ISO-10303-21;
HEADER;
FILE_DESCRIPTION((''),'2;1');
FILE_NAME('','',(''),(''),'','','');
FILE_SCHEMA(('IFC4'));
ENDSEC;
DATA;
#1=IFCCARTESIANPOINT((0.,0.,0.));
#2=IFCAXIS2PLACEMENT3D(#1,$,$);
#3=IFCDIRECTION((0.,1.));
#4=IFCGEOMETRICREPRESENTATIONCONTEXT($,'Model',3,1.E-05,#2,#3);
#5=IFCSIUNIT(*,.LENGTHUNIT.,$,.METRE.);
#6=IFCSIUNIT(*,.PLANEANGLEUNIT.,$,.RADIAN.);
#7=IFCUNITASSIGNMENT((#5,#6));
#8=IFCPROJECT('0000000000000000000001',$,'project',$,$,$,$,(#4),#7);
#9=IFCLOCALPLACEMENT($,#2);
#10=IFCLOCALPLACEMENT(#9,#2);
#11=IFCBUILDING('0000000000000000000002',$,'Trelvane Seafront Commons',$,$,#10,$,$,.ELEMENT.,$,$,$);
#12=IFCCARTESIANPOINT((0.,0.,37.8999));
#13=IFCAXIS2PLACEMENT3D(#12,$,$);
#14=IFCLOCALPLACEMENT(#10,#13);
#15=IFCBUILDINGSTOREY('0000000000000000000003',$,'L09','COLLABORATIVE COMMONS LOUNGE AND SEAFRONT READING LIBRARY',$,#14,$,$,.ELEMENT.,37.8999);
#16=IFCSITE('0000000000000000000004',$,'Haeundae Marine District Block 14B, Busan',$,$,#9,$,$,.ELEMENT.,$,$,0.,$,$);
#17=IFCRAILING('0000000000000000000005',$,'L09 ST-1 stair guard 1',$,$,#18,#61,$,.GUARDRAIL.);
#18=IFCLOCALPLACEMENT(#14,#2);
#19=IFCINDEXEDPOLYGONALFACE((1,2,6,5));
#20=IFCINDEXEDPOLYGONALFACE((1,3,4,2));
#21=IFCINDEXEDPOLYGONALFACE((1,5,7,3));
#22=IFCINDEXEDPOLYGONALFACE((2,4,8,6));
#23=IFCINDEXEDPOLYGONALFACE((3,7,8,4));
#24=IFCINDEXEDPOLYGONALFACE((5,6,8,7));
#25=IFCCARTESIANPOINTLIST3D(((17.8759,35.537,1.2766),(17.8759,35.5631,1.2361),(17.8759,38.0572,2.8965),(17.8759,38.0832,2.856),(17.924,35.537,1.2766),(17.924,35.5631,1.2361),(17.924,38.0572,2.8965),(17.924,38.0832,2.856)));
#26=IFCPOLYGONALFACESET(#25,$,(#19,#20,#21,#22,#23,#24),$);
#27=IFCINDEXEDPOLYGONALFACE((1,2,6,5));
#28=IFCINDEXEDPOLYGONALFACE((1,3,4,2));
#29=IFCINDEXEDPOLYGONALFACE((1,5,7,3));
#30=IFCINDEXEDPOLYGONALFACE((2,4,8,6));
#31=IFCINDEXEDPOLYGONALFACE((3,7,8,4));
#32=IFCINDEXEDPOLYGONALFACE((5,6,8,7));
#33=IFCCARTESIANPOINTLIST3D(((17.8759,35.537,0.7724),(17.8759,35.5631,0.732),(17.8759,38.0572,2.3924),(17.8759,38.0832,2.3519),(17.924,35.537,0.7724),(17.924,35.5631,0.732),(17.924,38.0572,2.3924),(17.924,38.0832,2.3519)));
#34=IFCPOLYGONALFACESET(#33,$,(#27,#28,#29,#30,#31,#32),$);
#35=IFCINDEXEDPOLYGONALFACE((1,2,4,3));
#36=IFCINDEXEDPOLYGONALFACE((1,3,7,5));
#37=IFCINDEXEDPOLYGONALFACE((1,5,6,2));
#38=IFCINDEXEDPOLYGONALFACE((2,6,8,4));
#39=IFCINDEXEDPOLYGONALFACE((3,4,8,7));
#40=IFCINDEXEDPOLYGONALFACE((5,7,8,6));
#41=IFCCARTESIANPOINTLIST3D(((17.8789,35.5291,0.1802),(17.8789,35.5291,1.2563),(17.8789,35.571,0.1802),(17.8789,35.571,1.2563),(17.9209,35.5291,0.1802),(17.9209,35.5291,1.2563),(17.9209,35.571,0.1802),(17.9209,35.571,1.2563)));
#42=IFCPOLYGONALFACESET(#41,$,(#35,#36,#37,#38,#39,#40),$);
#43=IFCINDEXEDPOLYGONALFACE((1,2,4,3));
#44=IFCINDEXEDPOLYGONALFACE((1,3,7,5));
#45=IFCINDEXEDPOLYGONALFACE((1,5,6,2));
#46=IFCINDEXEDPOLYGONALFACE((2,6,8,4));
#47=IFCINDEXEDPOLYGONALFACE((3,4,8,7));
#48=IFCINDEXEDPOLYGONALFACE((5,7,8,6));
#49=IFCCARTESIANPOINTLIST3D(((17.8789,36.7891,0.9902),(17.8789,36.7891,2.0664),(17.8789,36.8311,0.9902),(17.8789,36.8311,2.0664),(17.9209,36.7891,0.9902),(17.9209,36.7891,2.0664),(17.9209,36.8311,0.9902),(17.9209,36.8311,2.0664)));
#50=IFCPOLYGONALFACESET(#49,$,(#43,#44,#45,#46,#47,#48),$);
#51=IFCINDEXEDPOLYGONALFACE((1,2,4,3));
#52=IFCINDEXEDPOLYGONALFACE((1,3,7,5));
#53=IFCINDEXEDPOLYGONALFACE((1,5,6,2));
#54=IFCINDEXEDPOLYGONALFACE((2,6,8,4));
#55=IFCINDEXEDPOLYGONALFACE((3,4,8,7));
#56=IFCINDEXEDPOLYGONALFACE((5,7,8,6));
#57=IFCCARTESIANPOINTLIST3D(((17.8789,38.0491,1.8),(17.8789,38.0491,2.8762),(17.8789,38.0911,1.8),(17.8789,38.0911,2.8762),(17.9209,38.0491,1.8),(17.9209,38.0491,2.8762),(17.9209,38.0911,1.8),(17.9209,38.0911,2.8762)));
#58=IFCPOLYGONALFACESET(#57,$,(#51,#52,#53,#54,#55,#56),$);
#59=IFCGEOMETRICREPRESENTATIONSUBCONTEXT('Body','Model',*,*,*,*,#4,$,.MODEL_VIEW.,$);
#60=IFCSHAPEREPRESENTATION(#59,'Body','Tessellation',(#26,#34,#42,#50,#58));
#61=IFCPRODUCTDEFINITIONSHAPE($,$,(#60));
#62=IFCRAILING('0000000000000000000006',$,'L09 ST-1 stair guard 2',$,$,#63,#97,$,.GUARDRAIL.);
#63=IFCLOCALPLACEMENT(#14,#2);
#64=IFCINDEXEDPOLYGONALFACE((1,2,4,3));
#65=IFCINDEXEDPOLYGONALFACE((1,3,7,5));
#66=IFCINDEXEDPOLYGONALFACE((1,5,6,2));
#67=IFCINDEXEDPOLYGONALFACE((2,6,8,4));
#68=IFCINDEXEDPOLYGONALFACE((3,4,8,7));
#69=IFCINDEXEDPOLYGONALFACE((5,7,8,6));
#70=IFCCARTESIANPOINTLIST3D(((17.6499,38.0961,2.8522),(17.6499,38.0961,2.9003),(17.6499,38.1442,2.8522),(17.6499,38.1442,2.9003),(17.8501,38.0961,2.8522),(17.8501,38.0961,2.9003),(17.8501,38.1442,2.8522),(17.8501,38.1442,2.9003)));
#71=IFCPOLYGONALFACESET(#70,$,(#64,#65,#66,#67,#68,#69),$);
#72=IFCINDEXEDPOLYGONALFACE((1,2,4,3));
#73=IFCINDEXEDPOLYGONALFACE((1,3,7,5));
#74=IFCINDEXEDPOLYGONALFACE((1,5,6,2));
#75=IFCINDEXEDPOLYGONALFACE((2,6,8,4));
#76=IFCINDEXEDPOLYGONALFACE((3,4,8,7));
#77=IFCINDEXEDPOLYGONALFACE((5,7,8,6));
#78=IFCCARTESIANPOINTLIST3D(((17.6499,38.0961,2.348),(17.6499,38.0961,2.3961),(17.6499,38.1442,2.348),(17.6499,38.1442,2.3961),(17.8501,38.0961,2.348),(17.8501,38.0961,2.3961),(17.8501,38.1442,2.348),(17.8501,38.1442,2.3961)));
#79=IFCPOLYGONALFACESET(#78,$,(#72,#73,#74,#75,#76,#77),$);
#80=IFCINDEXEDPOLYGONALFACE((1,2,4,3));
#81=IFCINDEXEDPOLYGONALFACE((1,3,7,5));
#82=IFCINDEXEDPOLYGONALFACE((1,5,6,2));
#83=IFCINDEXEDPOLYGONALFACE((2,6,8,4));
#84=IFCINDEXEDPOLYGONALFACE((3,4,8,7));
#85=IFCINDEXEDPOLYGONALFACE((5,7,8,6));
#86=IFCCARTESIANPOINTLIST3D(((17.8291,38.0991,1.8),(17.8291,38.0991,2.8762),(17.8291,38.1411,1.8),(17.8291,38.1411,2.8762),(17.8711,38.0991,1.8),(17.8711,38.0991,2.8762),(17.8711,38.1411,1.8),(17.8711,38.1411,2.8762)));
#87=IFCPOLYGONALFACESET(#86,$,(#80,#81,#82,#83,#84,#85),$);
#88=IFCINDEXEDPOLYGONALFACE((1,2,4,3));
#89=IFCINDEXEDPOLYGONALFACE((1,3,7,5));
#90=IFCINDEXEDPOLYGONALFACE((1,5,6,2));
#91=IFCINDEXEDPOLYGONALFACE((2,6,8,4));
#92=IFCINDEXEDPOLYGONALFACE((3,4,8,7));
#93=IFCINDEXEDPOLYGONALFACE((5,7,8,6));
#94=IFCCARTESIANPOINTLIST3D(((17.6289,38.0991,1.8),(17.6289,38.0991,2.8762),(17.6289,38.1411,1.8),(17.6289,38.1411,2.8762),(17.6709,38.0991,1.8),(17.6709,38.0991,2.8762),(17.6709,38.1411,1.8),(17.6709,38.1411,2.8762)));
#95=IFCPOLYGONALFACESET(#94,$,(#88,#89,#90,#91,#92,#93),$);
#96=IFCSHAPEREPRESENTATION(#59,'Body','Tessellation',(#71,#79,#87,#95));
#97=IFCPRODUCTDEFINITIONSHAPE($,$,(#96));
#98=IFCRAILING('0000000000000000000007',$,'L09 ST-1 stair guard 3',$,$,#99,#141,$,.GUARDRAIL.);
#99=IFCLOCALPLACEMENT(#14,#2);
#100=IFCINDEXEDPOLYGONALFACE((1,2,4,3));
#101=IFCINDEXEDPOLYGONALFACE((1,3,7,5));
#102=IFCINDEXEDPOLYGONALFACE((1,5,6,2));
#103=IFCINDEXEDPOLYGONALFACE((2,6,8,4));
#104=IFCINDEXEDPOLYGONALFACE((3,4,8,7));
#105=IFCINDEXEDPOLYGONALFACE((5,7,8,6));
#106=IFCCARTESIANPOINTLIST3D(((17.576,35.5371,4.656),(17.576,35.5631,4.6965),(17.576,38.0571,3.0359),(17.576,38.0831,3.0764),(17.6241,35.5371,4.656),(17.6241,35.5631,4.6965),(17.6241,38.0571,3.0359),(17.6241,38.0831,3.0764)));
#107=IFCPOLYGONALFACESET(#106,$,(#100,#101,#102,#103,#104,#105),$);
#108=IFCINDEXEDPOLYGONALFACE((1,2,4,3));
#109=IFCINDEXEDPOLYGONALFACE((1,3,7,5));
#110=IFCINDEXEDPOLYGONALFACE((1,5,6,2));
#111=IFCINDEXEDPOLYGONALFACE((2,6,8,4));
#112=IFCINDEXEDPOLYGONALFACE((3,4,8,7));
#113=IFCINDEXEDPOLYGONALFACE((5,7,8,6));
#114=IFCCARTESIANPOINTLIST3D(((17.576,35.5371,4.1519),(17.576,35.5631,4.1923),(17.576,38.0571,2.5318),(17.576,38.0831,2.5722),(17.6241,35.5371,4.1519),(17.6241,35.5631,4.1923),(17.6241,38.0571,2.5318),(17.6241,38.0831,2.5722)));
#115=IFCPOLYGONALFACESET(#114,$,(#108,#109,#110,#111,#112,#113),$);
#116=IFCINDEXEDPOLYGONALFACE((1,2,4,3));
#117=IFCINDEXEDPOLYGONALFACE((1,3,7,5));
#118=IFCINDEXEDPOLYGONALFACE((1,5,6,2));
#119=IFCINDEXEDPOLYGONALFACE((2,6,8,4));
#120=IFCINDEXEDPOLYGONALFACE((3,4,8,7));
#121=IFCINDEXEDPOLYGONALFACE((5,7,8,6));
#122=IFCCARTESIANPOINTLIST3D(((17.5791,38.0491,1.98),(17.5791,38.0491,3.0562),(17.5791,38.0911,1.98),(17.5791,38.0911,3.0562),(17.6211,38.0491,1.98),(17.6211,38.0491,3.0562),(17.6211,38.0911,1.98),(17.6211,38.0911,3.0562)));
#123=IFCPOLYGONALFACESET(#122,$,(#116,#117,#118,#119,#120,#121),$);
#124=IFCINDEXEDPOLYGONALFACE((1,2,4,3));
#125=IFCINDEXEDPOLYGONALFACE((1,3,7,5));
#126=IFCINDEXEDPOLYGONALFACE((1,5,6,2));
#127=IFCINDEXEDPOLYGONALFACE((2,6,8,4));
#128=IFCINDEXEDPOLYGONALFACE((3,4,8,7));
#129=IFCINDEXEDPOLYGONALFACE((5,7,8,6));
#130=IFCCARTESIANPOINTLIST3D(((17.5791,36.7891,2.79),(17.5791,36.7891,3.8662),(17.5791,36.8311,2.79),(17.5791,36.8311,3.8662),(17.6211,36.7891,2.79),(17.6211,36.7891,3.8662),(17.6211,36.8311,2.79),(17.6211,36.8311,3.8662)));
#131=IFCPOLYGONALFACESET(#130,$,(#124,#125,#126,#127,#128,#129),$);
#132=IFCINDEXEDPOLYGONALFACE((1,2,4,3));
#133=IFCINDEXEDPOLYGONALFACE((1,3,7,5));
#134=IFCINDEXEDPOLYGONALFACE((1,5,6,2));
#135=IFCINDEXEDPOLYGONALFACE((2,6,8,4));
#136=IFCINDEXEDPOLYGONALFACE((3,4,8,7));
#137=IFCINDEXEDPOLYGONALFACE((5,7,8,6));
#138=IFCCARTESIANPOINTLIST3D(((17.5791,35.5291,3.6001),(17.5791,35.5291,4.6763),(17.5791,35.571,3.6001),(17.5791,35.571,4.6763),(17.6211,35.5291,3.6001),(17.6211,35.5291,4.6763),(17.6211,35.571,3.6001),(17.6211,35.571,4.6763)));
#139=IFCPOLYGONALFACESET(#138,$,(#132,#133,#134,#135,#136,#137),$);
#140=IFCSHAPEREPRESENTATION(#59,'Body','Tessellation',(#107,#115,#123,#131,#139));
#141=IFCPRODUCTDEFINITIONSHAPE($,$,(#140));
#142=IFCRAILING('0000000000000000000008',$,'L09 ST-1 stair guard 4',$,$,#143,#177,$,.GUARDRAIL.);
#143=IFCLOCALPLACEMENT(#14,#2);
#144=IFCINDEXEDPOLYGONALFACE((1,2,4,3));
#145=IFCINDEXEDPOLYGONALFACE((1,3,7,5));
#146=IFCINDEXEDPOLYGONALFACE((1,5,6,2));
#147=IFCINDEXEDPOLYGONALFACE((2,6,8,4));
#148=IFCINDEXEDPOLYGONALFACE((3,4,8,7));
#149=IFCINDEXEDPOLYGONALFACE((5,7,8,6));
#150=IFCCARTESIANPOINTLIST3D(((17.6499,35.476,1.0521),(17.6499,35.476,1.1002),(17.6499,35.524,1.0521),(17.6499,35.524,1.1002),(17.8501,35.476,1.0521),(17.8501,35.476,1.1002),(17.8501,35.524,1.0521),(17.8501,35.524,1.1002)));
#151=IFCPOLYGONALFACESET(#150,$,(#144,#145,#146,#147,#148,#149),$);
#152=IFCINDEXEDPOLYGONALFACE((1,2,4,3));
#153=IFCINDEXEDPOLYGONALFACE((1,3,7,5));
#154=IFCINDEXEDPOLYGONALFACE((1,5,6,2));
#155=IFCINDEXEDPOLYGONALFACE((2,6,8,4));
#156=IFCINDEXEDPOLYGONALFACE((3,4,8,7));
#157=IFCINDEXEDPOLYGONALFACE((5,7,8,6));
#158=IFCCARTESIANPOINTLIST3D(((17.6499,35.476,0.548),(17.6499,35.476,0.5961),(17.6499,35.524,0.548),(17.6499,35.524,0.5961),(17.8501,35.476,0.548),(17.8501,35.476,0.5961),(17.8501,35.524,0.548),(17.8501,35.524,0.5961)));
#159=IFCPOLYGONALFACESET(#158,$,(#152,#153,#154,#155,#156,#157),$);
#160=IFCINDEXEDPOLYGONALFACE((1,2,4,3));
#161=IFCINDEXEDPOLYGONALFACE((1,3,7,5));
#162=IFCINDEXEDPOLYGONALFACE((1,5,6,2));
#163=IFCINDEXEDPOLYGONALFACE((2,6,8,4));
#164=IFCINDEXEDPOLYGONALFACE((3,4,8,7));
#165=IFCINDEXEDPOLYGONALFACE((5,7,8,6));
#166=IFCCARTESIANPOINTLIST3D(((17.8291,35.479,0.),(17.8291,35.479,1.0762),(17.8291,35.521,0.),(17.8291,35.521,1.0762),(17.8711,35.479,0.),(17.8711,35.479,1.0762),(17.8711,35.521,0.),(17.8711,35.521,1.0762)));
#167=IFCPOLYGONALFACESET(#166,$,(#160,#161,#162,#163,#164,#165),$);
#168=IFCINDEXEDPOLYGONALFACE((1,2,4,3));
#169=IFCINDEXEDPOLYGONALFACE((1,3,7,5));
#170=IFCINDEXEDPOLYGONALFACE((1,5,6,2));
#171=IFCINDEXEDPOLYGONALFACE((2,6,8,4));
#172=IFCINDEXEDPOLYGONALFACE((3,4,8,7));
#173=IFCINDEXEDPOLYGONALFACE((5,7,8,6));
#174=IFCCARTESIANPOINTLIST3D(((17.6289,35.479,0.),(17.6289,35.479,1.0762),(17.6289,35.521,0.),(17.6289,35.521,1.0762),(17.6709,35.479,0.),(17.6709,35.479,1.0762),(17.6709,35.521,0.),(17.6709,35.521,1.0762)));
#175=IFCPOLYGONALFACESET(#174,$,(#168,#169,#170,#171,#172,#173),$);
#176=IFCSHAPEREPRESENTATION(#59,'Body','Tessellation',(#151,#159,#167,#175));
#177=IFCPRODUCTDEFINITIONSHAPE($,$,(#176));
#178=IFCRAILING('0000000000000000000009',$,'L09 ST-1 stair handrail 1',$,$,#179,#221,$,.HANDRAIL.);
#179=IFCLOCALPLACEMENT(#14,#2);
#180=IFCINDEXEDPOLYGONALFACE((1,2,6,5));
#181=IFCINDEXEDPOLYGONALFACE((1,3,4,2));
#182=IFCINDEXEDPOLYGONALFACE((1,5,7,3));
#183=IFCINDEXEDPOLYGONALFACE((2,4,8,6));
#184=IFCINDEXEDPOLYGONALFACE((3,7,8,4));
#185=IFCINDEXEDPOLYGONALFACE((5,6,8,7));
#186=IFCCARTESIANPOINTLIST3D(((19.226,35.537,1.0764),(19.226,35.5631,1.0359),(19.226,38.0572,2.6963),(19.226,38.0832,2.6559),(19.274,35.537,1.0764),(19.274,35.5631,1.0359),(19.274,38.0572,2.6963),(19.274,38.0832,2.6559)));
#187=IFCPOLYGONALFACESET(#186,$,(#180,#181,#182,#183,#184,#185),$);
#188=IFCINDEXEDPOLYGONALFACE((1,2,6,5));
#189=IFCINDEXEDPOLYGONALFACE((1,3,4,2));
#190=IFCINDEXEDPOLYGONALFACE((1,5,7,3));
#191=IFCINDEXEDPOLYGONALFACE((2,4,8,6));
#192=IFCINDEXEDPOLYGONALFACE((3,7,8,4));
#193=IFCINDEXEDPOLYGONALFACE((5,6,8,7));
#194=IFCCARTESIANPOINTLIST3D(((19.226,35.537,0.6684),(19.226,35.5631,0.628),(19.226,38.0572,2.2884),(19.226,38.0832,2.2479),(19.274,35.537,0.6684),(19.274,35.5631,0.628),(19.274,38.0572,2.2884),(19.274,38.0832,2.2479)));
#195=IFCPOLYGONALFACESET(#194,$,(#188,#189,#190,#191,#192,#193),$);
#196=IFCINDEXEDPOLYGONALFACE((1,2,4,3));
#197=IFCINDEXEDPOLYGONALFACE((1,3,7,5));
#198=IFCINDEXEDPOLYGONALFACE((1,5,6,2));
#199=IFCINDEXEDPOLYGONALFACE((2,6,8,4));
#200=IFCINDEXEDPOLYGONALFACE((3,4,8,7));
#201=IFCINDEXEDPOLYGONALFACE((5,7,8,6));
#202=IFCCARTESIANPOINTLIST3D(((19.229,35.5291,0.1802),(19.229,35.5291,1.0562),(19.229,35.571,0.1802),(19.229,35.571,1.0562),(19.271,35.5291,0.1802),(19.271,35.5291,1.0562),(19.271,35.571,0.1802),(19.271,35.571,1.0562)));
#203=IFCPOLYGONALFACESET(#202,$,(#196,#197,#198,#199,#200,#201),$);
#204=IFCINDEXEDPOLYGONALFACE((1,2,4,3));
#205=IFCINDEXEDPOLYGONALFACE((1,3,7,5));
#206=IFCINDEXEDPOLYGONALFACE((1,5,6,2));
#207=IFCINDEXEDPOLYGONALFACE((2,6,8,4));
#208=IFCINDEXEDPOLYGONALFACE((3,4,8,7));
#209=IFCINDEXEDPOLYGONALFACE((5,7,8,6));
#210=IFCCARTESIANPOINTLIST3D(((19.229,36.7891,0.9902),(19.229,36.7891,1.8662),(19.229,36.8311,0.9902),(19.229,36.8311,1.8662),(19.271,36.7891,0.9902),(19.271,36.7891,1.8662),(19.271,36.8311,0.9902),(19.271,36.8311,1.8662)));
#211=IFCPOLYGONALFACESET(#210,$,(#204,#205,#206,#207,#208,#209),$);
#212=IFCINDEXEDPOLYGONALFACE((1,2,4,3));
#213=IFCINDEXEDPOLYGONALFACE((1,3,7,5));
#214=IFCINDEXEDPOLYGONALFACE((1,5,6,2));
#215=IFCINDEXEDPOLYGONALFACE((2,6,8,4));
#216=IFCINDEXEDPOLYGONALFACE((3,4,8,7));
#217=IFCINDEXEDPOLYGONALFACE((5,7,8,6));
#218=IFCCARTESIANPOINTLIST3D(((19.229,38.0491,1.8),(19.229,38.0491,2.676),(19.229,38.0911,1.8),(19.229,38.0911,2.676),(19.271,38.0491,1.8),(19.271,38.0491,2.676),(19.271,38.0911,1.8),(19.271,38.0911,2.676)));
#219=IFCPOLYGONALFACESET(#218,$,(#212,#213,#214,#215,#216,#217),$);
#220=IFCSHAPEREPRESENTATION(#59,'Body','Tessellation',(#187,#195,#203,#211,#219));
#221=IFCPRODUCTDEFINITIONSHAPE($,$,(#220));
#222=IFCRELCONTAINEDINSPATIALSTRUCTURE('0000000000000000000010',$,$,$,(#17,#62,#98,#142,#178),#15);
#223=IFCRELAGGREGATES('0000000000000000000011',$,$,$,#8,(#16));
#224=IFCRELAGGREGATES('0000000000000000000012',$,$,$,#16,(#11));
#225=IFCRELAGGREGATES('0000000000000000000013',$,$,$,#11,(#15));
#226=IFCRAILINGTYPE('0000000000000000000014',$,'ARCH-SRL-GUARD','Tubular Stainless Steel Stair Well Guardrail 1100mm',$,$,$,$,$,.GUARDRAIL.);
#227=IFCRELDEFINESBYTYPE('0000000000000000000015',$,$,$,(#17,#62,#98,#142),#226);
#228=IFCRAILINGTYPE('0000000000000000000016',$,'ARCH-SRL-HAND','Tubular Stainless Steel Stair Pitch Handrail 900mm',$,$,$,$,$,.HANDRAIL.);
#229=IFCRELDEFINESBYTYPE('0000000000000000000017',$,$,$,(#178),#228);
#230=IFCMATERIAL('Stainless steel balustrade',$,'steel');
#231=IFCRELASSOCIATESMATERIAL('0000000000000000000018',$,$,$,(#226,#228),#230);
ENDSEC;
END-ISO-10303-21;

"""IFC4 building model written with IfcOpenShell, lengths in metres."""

from ifc_helpers import new_model, si_unit, direction, frame, origin, origin_2d, place, context, subcontext, project, spatial, rectangle, extrude, material, type_object, element, save


model = new_model("IFC4")

# Units and contexts
model_context = context("Model", 3, precision=1e-05, world=origin(), true_north=direction((0.0, 1.0)))
body_context = subcontext(model_context, "Body", "Model", "MODEL_VIEW")
ifc_project = project(units=[si_unit("LENGTHUNIT", "METRE"), si_unit("PLANEANGLEUNIT", "RADIAN")], contexts=[model_context])

# Site, building, storey
site_placement = place(None, origin())
site = spatial("IfcSite", under=ifc_project, at=site_placement, Name="Haeundae Marine District Block 14B, Busan", CompositionType="ELEMENT", RefElevation=0.0)
building_placement = place(site_placement, origin())
building = spatial("IfcBuilding", under=site, at=building_placement, Name="Trelvane Seafront Commons", CompositionType="ELEMENT")
storey_placement = place(building_placement, frame((0.0, 0.0, 37.8999)))
storey = spatial("IfcBuildingStorey", under=building, at=storey_placement, Name="L09", Description="COLLABORATIVE COMMONS LOUNGE AND SEAFRONT READING LIBRARY", CompositionType="ELEMENT", Elevation=37.8999)

# Shared definitions
ifc_material_1 = material(Name="Stainless steel balustrade", Category="steel")

# Railings
railing_type_1 = type_object("IfcRailingType", Name="ARCH-SRL-GUARD", Description="Tubular Stainless Steel Stair Well Guardrail 1100mm", PredefinedType="GUARDRAIL", material=ifc_material_1)
railing_1_placement = place(storey_placement, frame((17.8999, 35.55, 0.1802)))
element("IfcRailing", 1, at=railing_1_placement, inside=storey, type_object=railing_type_1, Name="L09 ST-1 stair guard 1", PredefinedType="GUARDRAIL", context=body_context, shape_type="SweptSolid", body=[
    extrude(rectangle(XDim=0.0481, YDim=0.0481, at=origin_2d()), frame((0.0, 0.0, 1.0762), z_axis=(0.0, 0.8412, 0.540725), x_axis=(-1.0, 0.0, 0.0)), (0.0, 0.0, 1.0), 2.9958),
    extrude(rectangle(XDim=0.0481, YDim=0.0481, at=origin_2d()), frame((0.0, 0.0, 0.572), z_axis=(0.0, 0.8412, 0.540725), x_axis=(-1.0, 0.0, 0.0)), (0.0, 0.0, 1.0), 2.9958),
    extrude(rectangle(XDim=0.042, YDim=0.042, at=origin_2d()), origin(), (0.0, 0.0, 1.0), 1.0762),
    extrude(rectangle(XDim=0.042, YDim=0.042, at=origin_2d()), frame((0.0, 1.26, 0.8101)), (0.0, 0.0, 1.0), 1.0762),
    extrude(rectangle(XDim=0.042, YDim=0.042, at=origin_2d()), frame((0.0, 2.52, 1.6199)), (0.0, 0.0, 1.0), 1.0762),
])
railing_2_placement = place(storey_placement, frame((17.8501, 38.1201, 1.8)))
element("IfcRailing", 2, at=railing_2_placement, inside=storey, type_object=railing_type_1, Name="L09 ST-1 stair guard 2", PredefinedType="GUARDRAIL", context=body_context, shape_type="SweptSolid", body=[
    extrude(rectangle(XDim=0.0481, YDim=0.0481, at=origin_2d()), frame((0.0, 0.0, 1.0762), z_axis=(-1.0, 0.0, 0.0), x_axis=(0.0, -1.0, 0.0)), (0.0, 0.0, 1.0), 0.2002),
    extrude(rectangle(XDim=0.0481, YDim=0.0481, at=origin_2d()), frame((0.0, 0.0, 0.572), z_axis=(-1.0, 0.0, 0.0), x_axis=(0.0, -1.0, 0.0)), (0.0, 0.0, 1.0), 0.2002),
    extrude(rectangle(XDim=0.042, YDim=0.042, at=origin_2d()), origin(), (0.0, 0.0, 1.0), 1.0762),
    extrude(rectangle(XDim=0.042, YDim=0.042, at=origin_2d()), frame((-0.2002, 0.0, 0.0)), (0.0, 0.0, 1.0), 1.0762),
])
railing_3_placement = place(storey_placement, frame((17.6001, 38.0701, 1.98)))
element("IfcRailing", 3, at=railing_3_placement, inside=storey, type_object=railing_type_1, Name="L09 ST-1 stair guard 3", PredefinedType="GUARDRAIL", context=body_context, shape_type="SweptSolid", body=[
    extrude(rectangle(XDim=0.0481, YDim=0.0481, at=origin_2d()), frame((0.0, 0.0, 1.0762), z_axis=(0.0, -0.841163, 0.540782), x_axis=(1.0, 0.0, 0.0)), (0.0, 0.0, 1.0), 2.9958),
    extrude(rectangle(XDim=0.0481, YDim=0.0481, at=origin_2d()), frame((0.0, 0.0, 0.572), z_axis=(0.0, -0.841163, 0.540782), x_axis=(1.0, 0.0, 0.0)), (0.0, 0.0, 1.0), 2.9958),
    extrude(rectangle(XDim=0.042, YDim=0.042, at=origin_2d()), origin(), (0.0, 0.0, 1.0), 1.0762),
    extrude(rectangle(XDim=0.042, YDim=0.042, at=origin_2d()), frame((0.0, -1.26, 0.8101)), (0.0, 0.0, 1.0), 1.0762),
    extrude(rectangle(XDim=0.042, YDim=0.042, at=origin_2d()), frame((0.0, -2.52, 1.6201)), (0.0, 0.0, 1.0), 1.0762),
])
railing_4_placement = place(storey_placement, frame((17.8501, 35.5, 0.0)))
element("IfcRailing", 4, at=railing_4_placement, inside=storey, type_object=railing_type_1, Name="L09 ST-1 stair guard 4", PredefinedType="GUARDRAIL", context=body_context, shape_type="SweptSolid", body=[
    extrude(rectangle(XDim=0.0481, YDim=0.0481, at=origin_2d()), frame((0.0, 0.0, 1.0762), z_axis=(-1.0, 0.0, 0.0), x_axis=(0.0, -1.0, 0.0)), (0.0, 0.0, 1.0), 0.2002),
    extrude(rectangle(XDim=0.0481, YDim=0.0481, at=origin_2d()), frame((0.0, 0.0, 0.572), z_axis=(-1.0, 0.0, 0.0), x_axis=(0.0, -1.0, 0.0)), (0.0, 0.0, 1.0), 0.2002),
    extrude(rectangle(XDim=0.042, YDim=0.042, at=origin_2d()), origin(), (0.0, 0.0, 1.0), 1.0762),
    extrude(rectangle(XDim=0.042, YDim=0.042, at=origin_2d()), frame((-0.2002, 0.0, 0.0)), (0.0, 0.0, 1.0), 1.0762),
])
railing_type_2 = type_object("IfcRailingType", Name="ARCH-SRL-HAND", Description="Tubular Stainless Steel Stair Pitch Handrail 900mm", PredefinedType="HANDRAIL", material=ifc_material_1)
railing_5_placement = place(storey_placement, frame((19.25, 35.55, 0.1802)))
element("IfcRailing", 5, at=railing_5_placement, inside=storey, type_object=railing_type_2, Name="L09 ST-1 stair handrail 1", PredefinedType="HANDRAIL", context=body_context, shape_type="SweptSolid", body=[
    extrude(rectangle(XDim=0.0481, YDim=0.0481, at=origin_2d()), frame((0.0, 0.0, 0.876), z_axis=(0.0, 0.8412, 0.540725), x_axis=(-1.0, 0.0, 0.0)), (0.0, 0.0, 1.0), 2.9958),
    extrude(rectangle(XDim=0.0481, YDim=0.0481, at=origin_2d()), frame((0.0, 0.0, 0.468), z_axis=(0.0, 0.8412, 0.540725), x_axis=(-1.0, 0.0, 0.0)), (0.0, 0.0, 1.0), 2.9958),
    extrude(rectangle(XDim=0.042, YDim=0.042, at=origin_2d()), origin(), (0.0, 0.0, 1.0), 0.876),
    extrude(rectangle(XDim=0.042, YDim=0.042, at=origin_2d()), frame((0.0, 1.26, 0.8101)), (0.0, 0.0, 1.0), 0.876),
    extrude(rectangle(XDim=0.042, YDim=0.042, at=origin_2d()), frame((0.0, 2.52, 1.6199)), (0.0, 0.0, 1.0), 0.876),
])

save(model, "model.ifc")
